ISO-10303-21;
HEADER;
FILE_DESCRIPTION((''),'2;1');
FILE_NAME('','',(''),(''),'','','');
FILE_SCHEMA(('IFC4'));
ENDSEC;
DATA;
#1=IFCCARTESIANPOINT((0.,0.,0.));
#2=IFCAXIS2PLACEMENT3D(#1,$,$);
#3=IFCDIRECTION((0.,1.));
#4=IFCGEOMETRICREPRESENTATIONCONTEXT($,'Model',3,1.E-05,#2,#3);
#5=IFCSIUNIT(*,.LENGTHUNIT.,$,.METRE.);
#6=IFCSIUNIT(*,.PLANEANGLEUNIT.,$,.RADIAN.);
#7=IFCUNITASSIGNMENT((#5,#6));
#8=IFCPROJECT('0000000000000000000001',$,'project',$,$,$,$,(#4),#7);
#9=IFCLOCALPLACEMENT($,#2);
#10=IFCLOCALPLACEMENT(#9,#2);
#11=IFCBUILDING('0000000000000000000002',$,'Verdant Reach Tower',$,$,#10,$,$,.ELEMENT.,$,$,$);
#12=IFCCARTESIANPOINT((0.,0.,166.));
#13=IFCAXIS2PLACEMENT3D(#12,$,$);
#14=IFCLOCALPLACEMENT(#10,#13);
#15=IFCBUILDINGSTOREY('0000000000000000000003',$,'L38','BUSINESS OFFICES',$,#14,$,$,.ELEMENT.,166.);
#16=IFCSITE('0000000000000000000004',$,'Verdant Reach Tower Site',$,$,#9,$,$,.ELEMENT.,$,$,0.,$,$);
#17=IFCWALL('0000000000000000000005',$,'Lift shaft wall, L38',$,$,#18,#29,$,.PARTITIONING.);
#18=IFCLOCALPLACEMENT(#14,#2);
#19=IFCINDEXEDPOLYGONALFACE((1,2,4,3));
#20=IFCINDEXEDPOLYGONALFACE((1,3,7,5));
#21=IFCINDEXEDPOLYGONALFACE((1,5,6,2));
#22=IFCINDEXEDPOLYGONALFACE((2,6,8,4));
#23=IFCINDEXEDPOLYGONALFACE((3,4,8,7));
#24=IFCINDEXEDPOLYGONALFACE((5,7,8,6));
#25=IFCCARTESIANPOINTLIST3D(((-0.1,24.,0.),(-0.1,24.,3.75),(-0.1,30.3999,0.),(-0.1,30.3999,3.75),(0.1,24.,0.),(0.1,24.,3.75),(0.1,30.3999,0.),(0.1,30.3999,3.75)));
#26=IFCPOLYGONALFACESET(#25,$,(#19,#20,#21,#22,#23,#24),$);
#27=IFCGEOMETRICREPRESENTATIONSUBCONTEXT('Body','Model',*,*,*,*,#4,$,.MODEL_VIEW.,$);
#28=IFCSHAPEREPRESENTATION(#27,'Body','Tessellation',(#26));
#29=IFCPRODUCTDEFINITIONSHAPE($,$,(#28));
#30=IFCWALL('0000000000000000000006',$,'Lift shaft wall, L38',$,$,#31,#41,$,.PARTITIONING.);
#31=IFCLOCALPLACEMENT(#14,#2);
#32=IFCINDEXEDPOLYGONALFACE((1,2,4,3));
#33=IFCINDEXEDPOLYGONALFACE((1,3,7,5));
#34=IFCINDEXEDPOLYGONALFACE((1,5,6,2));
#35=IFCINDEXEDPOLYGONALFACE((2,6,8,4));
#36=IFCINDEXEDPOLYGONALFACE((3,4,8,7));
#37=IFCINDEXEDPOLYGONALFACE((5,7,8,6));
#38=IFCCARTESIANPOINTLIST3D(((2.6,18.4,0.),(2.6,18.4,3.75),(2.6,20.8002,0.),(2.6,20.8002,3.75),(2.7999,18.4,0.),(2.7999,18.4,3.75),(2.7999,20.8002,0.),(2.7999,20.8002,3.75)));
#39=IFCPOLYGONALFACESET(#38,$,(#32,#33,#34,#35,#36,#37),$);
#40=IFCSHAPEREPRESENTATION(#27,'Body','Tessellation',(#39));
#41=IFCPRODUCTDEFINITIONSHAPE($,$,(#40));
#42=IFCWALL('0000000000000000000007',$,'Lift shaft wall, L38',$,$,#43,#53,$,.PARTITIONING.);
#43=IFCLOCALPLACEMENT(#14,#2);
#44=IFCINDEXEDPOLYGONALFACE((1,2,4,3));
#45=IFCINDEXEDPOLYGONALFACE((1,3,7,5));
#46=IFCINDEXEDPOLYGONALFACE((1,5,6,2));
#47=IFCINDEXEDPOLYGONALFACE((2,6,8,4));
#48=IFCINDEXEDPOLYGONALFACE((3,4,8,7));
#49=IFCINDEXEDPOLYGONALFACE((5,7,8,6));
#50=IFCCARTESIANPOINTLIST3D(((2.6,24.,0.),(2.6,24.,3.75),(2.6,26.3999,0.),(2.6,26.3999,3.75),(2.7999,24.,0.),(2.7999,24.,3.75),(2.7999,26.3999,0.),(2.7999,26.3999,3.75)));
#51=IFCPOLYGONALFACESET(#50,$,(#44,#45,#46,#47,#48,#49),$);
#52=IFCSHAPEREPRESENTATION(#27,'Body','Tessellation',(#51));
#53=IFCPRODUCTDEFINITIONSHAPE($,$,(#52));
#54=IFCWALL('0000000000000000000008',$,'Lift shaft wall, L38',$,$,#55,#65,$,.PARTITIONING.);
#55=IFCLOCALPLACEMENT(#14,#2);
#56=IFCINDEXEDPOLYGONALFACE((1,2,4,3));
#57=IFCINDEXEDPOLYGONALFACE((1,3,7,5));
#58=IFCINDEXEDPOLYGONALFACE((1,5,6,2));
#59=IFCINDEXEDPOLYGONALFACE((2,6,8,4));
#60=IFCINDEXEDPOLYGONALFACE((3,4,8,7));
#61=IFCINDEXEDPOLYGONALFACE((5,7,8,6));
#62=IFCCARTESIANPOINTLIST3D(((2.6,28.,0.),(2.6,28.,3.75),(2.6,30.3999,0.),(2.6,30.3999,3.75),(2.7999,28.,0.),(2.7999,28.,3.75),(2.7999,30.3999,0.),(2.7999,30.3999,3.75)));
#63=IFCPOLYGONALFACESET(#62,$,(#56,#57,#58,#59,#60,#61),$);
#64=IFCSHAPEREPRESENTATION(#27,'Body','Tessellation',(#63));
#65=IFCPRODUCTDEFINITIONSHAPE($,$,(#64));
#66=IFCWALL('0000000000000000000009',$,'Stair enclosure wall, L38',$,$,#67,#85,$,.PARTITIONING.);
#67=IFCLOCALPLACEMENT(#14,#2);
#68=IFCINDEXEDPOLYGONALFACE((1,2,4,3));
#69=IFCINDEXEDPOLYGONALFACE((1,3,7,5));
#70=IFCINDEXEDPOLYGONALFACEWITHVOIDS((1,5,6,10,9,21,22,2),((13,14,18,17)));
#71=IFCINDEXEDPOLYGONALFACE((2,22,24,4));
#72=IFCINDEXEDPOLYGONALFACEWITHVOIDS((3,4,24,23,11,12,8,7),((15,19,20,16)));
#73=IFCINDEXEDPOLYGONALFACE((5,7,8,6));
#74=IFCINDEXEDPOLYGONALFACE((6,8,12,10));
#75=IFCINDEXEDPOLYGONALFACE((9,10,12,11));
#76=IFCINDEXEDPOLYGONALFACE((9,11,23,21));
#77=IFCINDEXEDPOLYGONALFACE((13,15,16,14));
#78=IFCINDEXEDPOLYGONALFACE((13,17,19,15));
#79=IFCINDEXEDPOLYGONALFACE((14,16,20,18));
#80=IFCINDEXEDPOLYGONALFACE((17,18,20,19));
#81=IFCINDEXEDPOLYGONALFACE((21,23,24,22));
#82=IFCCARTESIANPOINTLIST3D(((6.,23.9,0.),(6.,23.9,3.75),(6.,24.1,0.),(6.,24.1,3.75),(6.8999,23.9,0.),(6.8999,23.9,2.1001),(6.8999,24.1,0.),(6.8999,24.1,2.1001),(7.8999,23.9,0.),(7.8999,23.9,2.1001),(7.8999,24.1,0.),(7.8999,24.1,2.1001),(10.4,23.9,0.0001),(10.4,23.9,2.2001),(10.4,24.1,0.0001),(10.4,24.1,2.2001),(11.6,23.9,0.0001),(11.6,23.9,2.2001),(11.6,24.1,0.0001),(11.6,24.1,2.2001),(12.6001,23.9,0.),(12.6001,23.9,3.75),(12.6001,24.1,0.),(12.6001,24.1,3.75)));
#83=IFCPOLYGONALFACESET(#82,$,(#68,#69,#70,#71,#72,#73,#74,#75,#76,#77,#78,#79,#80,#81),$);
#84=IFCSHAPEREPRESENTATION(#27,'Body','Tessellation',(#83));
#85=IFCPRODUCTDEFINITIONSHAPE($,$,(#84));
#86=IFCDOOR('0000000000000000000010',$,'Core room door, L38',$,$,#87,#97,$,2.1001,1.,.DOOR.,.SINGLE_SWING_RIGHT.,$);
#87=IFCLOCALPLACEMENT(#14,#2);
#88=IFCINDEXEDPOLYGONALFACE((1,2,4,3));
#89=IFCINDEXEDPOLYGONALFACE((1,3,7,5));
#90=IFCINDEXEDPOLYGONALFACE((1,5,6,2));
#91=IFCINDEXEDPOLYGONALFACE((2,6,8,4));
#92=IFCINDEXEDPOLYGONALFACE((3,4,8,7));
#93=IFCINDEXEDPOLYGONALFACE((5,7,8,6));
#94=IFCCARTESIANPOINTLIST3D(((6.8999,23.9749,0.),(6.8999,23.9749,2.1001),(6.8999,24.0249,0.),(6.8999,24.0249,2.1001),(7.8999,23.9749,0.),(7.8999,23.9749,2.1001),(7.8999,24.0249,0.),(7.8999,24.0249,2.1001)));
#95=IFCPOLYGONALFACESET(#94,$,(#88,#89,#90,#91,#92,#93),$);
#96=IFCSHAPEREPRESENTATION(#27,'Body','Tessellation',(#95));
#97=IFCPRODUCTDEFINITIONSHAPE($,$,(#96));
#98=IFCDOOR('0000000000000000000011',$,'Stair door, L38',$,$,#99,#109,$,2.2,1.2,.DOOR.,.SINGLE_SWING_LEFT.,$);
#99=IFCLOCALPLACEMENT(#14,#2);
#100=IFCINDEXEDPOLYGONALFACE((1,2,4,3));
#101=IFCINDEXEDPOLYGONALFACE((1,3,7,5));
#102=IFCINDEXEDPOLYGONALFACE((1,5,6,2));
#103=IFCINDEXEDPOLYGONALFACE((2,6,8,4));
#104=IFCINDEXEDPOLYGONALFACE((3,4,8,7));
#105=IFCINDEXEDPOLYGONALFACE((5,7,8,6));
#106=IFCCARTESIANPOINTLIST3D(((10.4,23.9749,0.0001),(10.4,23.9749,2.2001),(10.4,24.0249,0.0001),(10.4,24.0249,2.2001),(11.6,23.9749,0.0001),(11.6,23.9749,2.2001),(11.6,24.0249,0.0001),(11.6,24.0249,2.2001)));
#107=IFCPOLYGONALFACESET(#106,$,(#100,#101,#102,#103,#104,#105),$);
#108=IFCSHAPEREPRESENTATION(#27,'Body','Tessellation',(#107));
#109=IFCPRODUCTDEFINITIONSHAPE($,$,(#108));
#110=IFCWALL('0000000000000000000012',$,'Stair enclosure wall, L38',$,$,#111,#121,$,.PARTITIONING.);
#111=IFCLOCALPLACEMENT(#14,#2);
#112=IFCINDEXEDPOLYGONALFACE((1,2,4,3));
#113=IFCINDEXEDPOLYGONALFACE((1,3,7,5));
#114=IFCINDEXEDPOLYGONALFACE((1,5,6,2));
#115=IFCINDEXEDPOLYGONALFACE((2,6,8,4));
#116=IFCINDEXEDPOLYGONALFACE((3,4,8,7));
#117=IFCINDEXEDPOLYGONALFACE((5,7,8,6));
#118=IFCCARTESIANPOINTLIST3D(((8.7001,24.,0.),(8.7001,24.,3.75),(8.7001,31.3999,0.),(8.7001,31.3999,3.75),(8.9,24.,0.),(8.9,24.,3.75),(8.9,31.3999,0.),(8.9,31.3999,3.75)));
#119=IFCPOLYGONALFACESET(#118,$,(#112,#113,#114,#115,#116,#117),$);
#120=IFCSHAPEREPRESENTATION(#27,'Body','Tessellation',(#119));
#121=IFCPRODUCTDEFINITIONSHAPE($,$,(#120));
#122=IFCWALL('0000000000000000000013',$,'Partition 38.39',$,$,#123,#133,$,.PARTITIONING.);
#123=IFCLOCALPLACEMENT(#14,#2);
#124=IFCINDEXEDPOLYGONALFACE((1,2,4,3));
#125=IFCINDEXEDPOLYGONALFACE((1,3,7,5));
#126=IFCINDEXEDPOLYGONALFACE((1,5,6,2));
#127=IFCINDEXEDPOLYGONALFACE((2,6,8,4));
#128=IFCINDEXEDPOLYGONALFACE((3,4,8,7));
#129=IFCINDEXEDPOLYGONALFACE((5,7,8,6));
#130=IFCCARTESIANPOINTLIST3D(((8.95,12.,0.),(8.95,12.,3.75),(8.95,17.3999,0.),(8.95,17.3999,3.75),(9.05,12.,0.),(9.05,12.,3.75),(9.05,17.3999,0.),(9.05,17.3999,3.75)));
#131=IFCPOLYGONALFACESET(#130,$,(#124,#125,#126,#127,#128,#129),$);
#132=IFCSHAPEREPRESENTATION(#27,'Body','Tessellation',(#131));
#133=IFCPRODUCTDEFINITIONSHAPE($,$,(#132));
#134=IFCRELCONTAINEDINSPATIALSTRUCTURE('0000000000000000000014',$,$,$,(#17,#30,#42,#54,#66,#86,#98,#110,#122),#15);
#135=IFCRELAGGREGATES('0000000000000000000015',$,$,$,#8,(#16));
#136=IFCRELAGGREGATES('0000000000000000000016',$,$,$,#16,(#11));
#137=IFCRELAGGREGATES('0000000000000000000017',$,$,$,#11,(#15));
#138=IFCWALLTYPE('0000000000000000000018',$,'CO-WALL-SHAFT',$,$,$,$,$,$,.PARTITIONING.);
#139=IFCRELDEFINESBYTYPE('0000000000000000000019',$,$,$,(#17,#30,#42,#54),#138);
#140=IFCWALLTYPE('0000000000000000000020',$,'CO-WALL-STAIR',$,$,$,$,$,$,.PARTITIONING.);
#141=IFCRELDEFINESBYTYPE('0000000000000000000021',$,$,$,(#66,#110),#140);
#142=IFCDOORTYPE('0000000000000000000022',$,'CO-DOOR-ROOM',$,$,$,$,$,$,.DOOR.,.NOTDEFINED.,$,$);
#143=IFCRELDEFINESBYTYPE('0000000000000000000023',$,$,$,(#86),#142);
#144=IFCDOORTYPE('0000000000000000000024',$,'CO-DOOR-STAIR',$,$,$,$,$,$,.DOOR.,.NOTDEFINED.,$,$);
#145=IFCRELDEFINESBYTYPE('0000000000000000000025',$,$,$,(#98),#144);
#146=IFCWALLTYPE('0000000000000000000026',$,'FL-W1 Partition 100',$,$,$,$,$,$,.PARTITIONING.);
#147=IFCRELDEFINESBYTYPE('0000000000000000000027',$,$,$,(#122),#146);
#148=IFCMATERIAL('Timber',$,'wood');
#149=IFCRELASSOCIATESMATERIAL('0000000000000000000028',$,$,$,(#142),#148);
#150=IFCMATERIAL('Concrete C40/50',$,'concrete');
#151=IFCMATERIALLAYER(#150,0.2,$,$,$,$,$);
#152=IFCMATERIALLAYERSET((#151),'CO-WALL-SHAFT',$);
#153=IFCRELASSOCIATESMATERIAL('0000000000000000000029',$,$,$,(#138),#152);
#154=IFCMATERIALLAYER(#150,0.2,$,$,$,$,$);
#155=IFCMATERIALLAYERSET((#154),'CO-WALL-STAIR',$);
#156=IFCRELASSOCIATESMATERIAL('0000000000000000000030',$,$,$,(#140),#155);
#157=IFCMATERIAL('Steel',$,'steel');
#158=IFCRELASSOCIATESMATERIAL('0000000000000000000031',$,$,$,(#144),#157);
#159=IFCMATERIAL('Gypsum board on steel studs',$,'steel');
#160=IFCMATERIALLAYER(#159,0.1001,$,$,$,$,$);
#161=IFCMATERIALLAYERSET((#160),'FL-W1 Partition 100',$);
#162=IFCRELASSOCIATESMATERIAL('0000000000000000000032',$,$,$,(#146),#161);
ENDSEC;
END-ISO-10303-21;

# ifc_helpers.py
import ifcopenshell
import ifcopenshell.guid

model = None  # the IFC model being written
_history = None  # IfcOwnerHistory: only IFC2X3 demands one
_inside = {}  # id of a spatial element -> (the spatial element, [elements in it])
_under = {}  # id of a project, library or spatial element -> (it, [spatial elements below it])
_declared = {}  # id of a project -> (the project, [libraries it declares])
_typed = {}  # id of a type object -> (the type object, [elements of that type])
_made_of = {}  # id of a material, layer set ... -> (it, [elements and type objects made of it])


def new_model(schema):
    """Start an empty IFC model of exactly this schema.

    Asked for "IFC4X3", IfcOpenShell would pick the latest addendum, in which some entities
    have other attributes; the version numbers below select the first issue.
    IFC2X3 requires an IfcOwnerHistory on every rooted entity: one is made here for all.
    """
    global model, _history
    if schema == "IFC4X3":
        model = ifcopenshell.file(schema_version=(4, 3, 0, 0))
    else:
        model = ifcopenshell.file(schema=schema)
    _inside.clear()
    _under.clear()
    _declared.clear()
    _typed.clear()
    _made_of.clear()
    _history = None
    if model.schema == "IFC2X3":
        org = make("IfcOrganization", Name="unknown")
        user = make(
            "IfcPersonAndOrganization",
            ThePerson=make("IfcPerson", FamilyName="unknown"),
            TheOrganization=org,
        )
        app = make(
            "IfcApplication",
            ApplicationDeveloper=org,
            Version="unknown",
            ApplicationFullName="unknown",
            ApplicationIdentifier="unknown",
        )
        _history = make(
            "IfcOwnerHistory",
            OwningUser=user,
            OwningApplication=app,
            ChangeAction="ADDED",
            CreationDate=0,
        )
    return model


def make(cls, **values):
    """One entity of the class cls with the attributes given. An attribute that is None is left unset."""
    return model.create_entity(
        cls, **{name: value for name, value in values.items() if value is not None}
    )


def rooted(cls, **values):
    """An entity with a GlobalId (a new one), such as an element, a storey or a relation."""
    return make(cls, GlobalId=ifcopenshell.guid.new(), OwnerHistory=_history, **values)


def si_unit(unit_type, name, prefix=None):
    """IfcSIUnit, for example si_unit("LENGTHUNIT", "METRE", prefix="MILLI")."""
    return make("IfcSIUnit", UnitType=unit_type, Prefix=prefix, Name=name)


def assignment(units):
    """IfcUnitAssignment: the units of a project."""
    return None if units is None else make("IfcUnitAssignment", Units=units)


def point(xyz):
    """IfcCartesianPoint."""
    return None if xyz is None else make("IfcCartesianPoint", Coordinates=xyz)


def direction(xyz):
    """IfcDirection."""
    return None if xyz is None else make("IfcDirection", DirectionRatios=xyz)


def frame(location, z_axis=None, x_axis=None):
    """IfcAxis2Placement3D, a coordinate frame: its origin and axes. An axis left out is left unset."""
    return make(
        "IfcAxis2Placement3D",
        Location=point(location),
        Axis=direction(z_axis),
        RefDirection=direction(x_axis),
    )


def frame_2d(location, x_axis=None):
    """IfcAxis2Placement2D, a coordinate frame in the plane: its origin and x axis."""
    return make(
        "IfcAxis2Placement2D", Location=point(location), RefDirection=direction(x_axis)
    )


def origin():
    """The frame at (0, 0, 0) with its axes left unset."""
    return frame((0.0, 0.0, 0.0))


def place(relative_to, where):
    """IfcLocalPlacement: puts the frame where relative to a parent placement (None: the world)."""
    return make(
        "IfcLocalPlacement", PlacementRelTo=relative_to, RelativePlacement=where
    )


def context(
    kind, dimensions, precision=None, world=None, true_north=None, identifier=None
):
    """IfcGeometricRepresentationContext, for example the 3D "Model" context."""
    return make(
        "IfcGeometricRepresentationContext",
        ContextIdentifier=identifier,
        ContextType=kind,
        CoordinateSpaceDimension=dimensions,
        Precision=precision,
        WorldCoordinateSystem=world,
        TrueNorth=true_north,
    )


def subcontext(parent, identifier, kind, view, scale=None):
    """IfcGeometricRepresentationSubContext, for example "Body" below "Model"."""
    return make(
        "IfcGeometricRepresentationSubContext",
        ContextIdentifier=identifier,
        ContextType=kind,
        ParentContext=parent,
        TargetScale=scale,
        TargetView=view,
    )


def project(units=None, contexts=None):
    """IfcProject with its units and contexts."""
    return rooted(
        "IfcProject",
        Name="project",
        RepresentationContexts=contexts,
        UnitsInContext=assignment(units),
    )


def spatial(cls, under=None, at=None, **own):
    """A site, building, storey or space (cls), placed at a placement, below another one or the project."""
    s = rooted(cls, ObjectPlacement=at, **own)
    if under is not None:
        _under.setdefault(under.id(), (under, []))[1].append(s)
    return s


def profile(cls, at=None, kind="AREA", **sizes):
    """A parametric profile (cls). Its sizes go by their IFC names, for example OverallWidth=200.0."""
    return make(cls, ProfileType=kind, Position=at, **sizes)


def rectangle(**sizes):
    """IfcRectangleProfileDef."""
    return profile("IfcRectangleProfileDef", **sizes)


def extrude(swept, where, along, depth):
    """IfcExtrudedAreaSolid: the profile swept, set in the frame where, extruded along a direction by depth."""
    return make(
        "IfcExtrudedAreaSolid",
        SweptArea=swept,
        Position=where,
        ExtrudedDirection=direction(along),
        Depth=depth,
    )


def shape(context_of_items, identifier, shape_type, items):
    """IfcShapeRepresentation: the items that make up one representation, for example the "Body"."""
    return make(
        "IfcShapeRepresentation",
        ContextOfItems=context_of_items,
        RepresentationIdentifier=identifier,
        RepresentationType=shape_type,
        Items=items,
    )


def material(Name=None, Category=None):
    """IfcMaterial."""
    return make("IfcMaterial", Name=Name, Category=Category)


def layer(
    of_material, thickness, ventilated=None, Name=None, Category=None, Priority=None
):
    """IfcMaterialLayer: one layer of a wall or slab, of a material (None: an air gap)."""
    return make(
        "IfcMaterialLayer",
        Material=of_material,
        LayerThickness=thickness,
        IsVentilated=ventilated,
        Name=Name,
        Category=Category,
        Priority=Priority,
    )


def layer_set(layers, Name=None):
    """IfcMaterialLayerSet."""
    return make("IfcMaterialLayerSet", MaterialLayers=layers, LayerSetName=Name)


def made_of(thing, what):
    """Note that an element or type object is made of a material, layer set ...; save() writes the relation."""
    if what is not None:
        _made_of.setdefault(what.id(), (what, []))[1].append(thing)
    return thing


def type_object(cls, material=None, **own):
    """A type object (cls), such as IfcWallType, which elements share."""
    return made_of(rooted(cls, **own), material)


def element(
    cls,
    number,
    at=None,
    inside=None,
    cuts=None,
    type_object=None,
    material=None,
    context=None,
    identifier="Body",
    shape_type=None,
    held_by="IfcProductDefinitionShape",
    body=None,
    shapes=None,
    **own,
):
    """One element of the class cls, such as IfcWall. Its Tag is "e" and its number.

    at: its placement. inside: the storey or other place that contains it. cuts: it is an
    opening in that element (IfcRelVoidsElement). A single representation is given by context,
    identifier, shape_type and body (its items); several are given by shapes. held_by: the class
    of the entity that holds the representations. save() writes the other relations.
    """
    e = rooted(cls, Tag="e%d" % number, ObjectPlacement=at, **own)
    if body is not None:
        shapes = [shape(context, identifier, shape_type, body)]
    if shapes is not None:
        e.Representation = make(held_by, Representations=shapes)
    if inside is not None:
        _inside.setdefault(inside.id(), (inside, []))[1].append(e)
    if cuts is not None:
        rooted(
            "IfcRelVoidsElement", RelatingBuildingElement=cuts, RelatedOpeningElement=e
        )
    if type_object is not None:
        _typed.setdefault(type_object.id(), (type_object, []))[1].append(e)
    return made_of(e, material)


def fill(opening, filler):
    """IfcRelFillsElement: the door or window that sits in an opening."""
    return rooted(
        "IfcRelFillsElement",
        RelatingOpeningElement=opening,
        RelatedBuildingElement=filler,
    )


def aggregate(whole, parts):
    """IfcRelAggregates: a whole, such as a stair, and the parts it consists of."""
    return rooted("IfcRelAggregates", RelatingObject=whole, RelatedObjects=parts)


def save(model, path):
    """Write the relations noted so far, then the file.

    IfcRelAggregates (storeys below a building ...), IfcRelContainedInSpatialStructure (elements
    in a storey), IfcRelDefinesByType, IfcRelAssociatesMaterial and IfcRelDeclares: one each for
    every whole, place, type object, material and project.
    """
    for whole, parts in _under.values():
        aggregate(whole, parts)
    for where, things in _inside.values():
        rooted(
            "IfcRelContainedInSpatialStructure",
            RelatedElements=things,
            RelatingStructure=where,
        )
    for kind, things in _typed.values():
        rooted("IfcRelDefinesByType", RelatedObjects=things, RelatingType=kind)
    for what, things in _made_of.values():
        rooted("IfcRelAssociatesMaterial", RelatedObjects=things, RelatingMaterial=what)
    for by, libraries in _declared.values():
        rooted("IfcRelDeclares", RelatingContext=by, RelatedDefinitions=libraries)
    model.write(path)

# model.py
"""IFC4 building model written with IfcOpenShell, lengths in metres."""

from ifc_helpers import new_model, si_unit, direction, frame, frame_2d, origin, place, context, subcontext, project, spatial, rectangle, extrude, material, layer, layer_set, type_object, element, fill, save


model = new_model("IFC4")

# Units and contexts
model_context = context("Model", 3, precision=1e-05, world=origin(), true_north=direction((0.0, 1.0)))
body_context = subcontext(model_context, "Body", "Model", "MODEL_VIEW")
ifc_project = project(units=[si_unit("LENGTHUNIT", "METRE"), si_unit("PLANEANGLEUNIT", "RADIAN")], contexts=[model_context])

# Site, building, storey
site_placement = place(None, origin())
site = spatial("IfcSite", under=ifc_project, at=site_placement, Name="Verdant Reach Tower Site", CompositionType="ELEMENT", RefElevation=0.0)
building_placement = place(site_placement, origin())
building = spatial("IfcBuilding", under=site, at=building_placement, Name="Verdant Reach Tower", CompositionType="ELEMENT")
storey_placement = place(building_placement, frame((0.0, 0.0, 166.0)))
storey = spatial("IfcBuildingStorey", under=building, at=storey_placement, Name="L38", Description="BUSINESS OFFICES", CompositionType="ELEMENT", Elevation=166.0)

# Shared definitions
ifc_material_1 = material(Name="Gypsum board on steel studs", Category="steel")
ifc_material_2 = material(Name="Timber", Category="wood")
door_type_1 = type_object("IfcDoorType", Name="CO-DOOR-ROOM", OperationType="NOTDEFINED", PredefinedType="DOOR", material=ifc_material_2)

# Walls
ifc_material_3 = material(Name="Concrete C40/50", Category="concrete")
ifc_layer_1 = layer(ifc_material_3, 0.2)
ifc_layer_set_1 = layer_set([ifc_layer_1], Name="CO-WALL-SHAFT")
wall_type_1 = type_object("IfcWallType", Name="CO-WALL-SHAFT", PredefinedType="PARTITIONING", material=ifc_layer_set_1)
wall_1_placement = place(storey_placement, frame((0.0, 24.0, 0.0), z_axis=(0.0, 0.0, 1.0), x_axis=(0.0, 1.0, 0.0)))
element("IfcWall", 1, at=wall_1_placement, inside=storey, type_object=wall_type_1, Name="Lift shaft wall, L38", PredefinedType="PARTITIONING", context=body_context, shape_type="SweptSolid", body=[
    extrude(rectangle(XDim=6.3999, YDim=0.2, at=frame_2d((3.2, 0.0))), origin(), (0.0, 0.0, 1.0), 3.75),
])
wall_2_placement = place(storey_placement, frame((2.7, 18.3999, 0.0), z_axis=(0.0, 0.0, 1.0), x_axis=(0.0, 1.0, 0.0)))
element("IfcWall", 2, at=wall_2_placement, inside=storey, type_object=wall_type_1, Name="Lift shaft wall, L38", PredefinedType="PARTITIONING", context=body_context, shape_type="SweptSolid", body=[
    extrude(rectangle(XDim=2.4001, YDim=0.2, at=frame_2d((1.2002, 0.0))), origin(), (0.0, 0.0, 1.0), 3.75),
])
for number, where, z_axis, x_axis, name in (
    (3, (2.7, 24.0, 0.0), (0.0, 0.0, 1.0), (0.0, 1.0, 0.0), "Lift shaft wall, L38"),
    (4, (2.7, 28.0, 0.0), (0.0, 0.0, 1.0), (0.0, 1.0, 0.0), "Lift shaft wall, L38"),
):
    element("IfcWall", number, at=place(storey_placement, frame(where, z_axis=z_axis, x_axis=x_axis)), inside=storey, type_object=wall_type_1, Name=name, PredefinedType="PARTITIONING", context=body_context, shape_type="SweptSolid", body=[
        extrude(rectangle(XDim=2.3999, YDim=0.2, at=frame_2d((1.2, 0.0))), origin(), (0.0, 0.0, 1.0), 3.75),
    ])

# Wall, openings, doors
ifc_layer_2 = layer(ifc_material_3, 0.2)
ifc_layer_set_2 = layer_set([ifc_layer_2], Name="CO-WALL-STAIR")
wall_type_2 = type_object("IfcWallType", Name="CO-WALL-STAIR", PredefinedType="PARTITIONING", material=ifc_layer_set_2)
wall_3_placement = place(storey_placement, frame((6.0, 24.0, 0.0), z_axis=(0.0, 0.0, 1.0), x_axis=(1.0, 0.0, 0.0)))
wall_3 = element("IfcWall", 5, at=wall_3_placement, inside=storey, type_object=wall_type_2, Name="Stair enclosure wall, L38", PredefinedType="PARTITIONING", context=body_context, shape_type="SweptSolid", body=[
    extrude(rectangle(XDim=6.6001, YDim=0.2, at=frame_2d((3.3, 0.0))), origin(), (0.0, 0.0, 1.0), 3.75),
])
opening_1_placement = place(wall_3_placement, frame((0.8999, 0.0, 0.0)))
opening_1 = element("IfcOpeningElement", 6, at=opening_1_placement, cuts=wall_3, PredefinedType="OPENING", context=body_context, shape_type="SweptSolid", body=[
    extrude(rectangle(XDim=1.0, YDim=2.1001, at=frame_2d((0.5, 1.05))), frame((0.0, 0.1099, 0.0), z_axis=(0.0, -1.0, 0.0), x_axis=(1.0, 0.0, 0.0)), (0.0, 0.0, 1.0), 0.22),
])
opening_2_placement = place(wall_3_placement, frame((4.3999, 0.0, 0.0)))
opening_2 = element("IfcOpeningElement", 7, at=opening_2_placement, cuts=wall_3, PredefinedType="OPENING", context=body_context, shape_type="SweptSolid", body=[
    extrude(rectangle(XDim=1.2, YDim=2.2, at=frame_2d((0.6001, 1.1001))), frame((0.0, 0.1099, 0.0), z_axis=(0.0, -1.0, 0.0), x_axis=(1.0, 0.0, 0.0)), (0.0, 0.0, 1.0), 0.22),
])
door_1_placement = place(opening_1_placement, origin())
door_1 = element("IfcDoor", 8, at=door_1_placement, inside=storey, type_object=door_type_1, Name="Core room door, L38", OperationType="SINGLE_SWING_RIGHT", OverallHeight=2.1001, OverallWidth=1.0, PredefinedType="DOOR", context=body_context, shape_type="SweptSolid", body=[
    extrude(rectangle(XDim=1.0, YDim=2.1001, at=frame_2d((0.5, 1.05))), frame((0.0, 0.0249, 0.0), z_axis=(0.0, -1.0, 0.0), x_axis=(1.0, 0.0, 0.0)), (0.0, 0.0, 1.0), 0.05),
])
fill(opening_1, door_1)
ifc_material_4 = material(Name="Steel", Category="steel")
door_type_2 = type_object("IfcDoorType", Name="CO-DOOR-STAIR", OperationType="NOTDEFINED", PredefinedType="DOOR", material=ifc_material_4)
door_2_placement = place(opening_2_placement, origin())
door_2 = element("IfcDoor", 9, at=door_2_placement, inside=storey, type_object=door_type_2, Name="Stair door, L38", OperationType="SINGLE_SWING_LEFT", OverallHeight=2.2, OverallWidth=1.2, PredefinedType="DOOR", context=body_context, shape_type="SweptSolid", body=[
    extrude(rectangle(XDim=1.2, YDim=2.2, at=frame_2d((0.6001, 1.1001))), frame((0.0, 0.0249, 0.0), z_axis=(0.0, -1.0, 0.0), x_axis=(1.0, 0.0, 0.0)), (0.0, 0.0, 1.0), 0.05),
])
fill(opening_2, door_2)

# Walls
wall_4_placement = place(storey_placement, frame((8.8, 24.0, 0.0), z_axis=(0.0, 0.0, 1.0), x_axis=(0.0, 1.0, 0.0)))
element("IfcWall", 10, at=wall_4_placement, inside=storey, type_object=wall_type_2, Name="Stair enclosure wall, L38", PredefinedType="PARTITIONING", context=body_context, shape_type="SweptSolid", body=[
    extrude(rectangle(XDim=7.3999, YDim=0.2, at=frame_2d((3.7, 0.0))), origin(), (0.0, 0.0, 1.0), 3.75),
])
ifc_layer_3 = layer(ifc_material_1, 0.1001)
ifc_layer_set_3 = layer_set([ifc_layer_3], Name="FL-W1 Partition 100")
wall_type_3 = type_object("IfcWallType", Name="FL-W1 Partition 100", PredefinedType="PARTITIONING", material=ifc_layer_set_3)
wall_5_placement = place(storey_placement, frame((9.0, 17.3999, 0.0), z_axis=(0.0, 0.0, 1.0), x_axis=(0.0, -1.0, 0.0)))
element("IfcWall", 11, at=wall_5_placement, inside=storey, type_object=wall_type_3, Name="Partition 38.39", PredefinedType="PARTITIONING", context=body_context, shape_type="SweptSolid", body=[
    extrude(rectangle(XDim=5.3999, YDim=0.1001, at=frame_2d((2.7, 0.0))), origin(), (0.0, 0.0, 1.0), 3.75),
])

save(model, "model.ifc")
